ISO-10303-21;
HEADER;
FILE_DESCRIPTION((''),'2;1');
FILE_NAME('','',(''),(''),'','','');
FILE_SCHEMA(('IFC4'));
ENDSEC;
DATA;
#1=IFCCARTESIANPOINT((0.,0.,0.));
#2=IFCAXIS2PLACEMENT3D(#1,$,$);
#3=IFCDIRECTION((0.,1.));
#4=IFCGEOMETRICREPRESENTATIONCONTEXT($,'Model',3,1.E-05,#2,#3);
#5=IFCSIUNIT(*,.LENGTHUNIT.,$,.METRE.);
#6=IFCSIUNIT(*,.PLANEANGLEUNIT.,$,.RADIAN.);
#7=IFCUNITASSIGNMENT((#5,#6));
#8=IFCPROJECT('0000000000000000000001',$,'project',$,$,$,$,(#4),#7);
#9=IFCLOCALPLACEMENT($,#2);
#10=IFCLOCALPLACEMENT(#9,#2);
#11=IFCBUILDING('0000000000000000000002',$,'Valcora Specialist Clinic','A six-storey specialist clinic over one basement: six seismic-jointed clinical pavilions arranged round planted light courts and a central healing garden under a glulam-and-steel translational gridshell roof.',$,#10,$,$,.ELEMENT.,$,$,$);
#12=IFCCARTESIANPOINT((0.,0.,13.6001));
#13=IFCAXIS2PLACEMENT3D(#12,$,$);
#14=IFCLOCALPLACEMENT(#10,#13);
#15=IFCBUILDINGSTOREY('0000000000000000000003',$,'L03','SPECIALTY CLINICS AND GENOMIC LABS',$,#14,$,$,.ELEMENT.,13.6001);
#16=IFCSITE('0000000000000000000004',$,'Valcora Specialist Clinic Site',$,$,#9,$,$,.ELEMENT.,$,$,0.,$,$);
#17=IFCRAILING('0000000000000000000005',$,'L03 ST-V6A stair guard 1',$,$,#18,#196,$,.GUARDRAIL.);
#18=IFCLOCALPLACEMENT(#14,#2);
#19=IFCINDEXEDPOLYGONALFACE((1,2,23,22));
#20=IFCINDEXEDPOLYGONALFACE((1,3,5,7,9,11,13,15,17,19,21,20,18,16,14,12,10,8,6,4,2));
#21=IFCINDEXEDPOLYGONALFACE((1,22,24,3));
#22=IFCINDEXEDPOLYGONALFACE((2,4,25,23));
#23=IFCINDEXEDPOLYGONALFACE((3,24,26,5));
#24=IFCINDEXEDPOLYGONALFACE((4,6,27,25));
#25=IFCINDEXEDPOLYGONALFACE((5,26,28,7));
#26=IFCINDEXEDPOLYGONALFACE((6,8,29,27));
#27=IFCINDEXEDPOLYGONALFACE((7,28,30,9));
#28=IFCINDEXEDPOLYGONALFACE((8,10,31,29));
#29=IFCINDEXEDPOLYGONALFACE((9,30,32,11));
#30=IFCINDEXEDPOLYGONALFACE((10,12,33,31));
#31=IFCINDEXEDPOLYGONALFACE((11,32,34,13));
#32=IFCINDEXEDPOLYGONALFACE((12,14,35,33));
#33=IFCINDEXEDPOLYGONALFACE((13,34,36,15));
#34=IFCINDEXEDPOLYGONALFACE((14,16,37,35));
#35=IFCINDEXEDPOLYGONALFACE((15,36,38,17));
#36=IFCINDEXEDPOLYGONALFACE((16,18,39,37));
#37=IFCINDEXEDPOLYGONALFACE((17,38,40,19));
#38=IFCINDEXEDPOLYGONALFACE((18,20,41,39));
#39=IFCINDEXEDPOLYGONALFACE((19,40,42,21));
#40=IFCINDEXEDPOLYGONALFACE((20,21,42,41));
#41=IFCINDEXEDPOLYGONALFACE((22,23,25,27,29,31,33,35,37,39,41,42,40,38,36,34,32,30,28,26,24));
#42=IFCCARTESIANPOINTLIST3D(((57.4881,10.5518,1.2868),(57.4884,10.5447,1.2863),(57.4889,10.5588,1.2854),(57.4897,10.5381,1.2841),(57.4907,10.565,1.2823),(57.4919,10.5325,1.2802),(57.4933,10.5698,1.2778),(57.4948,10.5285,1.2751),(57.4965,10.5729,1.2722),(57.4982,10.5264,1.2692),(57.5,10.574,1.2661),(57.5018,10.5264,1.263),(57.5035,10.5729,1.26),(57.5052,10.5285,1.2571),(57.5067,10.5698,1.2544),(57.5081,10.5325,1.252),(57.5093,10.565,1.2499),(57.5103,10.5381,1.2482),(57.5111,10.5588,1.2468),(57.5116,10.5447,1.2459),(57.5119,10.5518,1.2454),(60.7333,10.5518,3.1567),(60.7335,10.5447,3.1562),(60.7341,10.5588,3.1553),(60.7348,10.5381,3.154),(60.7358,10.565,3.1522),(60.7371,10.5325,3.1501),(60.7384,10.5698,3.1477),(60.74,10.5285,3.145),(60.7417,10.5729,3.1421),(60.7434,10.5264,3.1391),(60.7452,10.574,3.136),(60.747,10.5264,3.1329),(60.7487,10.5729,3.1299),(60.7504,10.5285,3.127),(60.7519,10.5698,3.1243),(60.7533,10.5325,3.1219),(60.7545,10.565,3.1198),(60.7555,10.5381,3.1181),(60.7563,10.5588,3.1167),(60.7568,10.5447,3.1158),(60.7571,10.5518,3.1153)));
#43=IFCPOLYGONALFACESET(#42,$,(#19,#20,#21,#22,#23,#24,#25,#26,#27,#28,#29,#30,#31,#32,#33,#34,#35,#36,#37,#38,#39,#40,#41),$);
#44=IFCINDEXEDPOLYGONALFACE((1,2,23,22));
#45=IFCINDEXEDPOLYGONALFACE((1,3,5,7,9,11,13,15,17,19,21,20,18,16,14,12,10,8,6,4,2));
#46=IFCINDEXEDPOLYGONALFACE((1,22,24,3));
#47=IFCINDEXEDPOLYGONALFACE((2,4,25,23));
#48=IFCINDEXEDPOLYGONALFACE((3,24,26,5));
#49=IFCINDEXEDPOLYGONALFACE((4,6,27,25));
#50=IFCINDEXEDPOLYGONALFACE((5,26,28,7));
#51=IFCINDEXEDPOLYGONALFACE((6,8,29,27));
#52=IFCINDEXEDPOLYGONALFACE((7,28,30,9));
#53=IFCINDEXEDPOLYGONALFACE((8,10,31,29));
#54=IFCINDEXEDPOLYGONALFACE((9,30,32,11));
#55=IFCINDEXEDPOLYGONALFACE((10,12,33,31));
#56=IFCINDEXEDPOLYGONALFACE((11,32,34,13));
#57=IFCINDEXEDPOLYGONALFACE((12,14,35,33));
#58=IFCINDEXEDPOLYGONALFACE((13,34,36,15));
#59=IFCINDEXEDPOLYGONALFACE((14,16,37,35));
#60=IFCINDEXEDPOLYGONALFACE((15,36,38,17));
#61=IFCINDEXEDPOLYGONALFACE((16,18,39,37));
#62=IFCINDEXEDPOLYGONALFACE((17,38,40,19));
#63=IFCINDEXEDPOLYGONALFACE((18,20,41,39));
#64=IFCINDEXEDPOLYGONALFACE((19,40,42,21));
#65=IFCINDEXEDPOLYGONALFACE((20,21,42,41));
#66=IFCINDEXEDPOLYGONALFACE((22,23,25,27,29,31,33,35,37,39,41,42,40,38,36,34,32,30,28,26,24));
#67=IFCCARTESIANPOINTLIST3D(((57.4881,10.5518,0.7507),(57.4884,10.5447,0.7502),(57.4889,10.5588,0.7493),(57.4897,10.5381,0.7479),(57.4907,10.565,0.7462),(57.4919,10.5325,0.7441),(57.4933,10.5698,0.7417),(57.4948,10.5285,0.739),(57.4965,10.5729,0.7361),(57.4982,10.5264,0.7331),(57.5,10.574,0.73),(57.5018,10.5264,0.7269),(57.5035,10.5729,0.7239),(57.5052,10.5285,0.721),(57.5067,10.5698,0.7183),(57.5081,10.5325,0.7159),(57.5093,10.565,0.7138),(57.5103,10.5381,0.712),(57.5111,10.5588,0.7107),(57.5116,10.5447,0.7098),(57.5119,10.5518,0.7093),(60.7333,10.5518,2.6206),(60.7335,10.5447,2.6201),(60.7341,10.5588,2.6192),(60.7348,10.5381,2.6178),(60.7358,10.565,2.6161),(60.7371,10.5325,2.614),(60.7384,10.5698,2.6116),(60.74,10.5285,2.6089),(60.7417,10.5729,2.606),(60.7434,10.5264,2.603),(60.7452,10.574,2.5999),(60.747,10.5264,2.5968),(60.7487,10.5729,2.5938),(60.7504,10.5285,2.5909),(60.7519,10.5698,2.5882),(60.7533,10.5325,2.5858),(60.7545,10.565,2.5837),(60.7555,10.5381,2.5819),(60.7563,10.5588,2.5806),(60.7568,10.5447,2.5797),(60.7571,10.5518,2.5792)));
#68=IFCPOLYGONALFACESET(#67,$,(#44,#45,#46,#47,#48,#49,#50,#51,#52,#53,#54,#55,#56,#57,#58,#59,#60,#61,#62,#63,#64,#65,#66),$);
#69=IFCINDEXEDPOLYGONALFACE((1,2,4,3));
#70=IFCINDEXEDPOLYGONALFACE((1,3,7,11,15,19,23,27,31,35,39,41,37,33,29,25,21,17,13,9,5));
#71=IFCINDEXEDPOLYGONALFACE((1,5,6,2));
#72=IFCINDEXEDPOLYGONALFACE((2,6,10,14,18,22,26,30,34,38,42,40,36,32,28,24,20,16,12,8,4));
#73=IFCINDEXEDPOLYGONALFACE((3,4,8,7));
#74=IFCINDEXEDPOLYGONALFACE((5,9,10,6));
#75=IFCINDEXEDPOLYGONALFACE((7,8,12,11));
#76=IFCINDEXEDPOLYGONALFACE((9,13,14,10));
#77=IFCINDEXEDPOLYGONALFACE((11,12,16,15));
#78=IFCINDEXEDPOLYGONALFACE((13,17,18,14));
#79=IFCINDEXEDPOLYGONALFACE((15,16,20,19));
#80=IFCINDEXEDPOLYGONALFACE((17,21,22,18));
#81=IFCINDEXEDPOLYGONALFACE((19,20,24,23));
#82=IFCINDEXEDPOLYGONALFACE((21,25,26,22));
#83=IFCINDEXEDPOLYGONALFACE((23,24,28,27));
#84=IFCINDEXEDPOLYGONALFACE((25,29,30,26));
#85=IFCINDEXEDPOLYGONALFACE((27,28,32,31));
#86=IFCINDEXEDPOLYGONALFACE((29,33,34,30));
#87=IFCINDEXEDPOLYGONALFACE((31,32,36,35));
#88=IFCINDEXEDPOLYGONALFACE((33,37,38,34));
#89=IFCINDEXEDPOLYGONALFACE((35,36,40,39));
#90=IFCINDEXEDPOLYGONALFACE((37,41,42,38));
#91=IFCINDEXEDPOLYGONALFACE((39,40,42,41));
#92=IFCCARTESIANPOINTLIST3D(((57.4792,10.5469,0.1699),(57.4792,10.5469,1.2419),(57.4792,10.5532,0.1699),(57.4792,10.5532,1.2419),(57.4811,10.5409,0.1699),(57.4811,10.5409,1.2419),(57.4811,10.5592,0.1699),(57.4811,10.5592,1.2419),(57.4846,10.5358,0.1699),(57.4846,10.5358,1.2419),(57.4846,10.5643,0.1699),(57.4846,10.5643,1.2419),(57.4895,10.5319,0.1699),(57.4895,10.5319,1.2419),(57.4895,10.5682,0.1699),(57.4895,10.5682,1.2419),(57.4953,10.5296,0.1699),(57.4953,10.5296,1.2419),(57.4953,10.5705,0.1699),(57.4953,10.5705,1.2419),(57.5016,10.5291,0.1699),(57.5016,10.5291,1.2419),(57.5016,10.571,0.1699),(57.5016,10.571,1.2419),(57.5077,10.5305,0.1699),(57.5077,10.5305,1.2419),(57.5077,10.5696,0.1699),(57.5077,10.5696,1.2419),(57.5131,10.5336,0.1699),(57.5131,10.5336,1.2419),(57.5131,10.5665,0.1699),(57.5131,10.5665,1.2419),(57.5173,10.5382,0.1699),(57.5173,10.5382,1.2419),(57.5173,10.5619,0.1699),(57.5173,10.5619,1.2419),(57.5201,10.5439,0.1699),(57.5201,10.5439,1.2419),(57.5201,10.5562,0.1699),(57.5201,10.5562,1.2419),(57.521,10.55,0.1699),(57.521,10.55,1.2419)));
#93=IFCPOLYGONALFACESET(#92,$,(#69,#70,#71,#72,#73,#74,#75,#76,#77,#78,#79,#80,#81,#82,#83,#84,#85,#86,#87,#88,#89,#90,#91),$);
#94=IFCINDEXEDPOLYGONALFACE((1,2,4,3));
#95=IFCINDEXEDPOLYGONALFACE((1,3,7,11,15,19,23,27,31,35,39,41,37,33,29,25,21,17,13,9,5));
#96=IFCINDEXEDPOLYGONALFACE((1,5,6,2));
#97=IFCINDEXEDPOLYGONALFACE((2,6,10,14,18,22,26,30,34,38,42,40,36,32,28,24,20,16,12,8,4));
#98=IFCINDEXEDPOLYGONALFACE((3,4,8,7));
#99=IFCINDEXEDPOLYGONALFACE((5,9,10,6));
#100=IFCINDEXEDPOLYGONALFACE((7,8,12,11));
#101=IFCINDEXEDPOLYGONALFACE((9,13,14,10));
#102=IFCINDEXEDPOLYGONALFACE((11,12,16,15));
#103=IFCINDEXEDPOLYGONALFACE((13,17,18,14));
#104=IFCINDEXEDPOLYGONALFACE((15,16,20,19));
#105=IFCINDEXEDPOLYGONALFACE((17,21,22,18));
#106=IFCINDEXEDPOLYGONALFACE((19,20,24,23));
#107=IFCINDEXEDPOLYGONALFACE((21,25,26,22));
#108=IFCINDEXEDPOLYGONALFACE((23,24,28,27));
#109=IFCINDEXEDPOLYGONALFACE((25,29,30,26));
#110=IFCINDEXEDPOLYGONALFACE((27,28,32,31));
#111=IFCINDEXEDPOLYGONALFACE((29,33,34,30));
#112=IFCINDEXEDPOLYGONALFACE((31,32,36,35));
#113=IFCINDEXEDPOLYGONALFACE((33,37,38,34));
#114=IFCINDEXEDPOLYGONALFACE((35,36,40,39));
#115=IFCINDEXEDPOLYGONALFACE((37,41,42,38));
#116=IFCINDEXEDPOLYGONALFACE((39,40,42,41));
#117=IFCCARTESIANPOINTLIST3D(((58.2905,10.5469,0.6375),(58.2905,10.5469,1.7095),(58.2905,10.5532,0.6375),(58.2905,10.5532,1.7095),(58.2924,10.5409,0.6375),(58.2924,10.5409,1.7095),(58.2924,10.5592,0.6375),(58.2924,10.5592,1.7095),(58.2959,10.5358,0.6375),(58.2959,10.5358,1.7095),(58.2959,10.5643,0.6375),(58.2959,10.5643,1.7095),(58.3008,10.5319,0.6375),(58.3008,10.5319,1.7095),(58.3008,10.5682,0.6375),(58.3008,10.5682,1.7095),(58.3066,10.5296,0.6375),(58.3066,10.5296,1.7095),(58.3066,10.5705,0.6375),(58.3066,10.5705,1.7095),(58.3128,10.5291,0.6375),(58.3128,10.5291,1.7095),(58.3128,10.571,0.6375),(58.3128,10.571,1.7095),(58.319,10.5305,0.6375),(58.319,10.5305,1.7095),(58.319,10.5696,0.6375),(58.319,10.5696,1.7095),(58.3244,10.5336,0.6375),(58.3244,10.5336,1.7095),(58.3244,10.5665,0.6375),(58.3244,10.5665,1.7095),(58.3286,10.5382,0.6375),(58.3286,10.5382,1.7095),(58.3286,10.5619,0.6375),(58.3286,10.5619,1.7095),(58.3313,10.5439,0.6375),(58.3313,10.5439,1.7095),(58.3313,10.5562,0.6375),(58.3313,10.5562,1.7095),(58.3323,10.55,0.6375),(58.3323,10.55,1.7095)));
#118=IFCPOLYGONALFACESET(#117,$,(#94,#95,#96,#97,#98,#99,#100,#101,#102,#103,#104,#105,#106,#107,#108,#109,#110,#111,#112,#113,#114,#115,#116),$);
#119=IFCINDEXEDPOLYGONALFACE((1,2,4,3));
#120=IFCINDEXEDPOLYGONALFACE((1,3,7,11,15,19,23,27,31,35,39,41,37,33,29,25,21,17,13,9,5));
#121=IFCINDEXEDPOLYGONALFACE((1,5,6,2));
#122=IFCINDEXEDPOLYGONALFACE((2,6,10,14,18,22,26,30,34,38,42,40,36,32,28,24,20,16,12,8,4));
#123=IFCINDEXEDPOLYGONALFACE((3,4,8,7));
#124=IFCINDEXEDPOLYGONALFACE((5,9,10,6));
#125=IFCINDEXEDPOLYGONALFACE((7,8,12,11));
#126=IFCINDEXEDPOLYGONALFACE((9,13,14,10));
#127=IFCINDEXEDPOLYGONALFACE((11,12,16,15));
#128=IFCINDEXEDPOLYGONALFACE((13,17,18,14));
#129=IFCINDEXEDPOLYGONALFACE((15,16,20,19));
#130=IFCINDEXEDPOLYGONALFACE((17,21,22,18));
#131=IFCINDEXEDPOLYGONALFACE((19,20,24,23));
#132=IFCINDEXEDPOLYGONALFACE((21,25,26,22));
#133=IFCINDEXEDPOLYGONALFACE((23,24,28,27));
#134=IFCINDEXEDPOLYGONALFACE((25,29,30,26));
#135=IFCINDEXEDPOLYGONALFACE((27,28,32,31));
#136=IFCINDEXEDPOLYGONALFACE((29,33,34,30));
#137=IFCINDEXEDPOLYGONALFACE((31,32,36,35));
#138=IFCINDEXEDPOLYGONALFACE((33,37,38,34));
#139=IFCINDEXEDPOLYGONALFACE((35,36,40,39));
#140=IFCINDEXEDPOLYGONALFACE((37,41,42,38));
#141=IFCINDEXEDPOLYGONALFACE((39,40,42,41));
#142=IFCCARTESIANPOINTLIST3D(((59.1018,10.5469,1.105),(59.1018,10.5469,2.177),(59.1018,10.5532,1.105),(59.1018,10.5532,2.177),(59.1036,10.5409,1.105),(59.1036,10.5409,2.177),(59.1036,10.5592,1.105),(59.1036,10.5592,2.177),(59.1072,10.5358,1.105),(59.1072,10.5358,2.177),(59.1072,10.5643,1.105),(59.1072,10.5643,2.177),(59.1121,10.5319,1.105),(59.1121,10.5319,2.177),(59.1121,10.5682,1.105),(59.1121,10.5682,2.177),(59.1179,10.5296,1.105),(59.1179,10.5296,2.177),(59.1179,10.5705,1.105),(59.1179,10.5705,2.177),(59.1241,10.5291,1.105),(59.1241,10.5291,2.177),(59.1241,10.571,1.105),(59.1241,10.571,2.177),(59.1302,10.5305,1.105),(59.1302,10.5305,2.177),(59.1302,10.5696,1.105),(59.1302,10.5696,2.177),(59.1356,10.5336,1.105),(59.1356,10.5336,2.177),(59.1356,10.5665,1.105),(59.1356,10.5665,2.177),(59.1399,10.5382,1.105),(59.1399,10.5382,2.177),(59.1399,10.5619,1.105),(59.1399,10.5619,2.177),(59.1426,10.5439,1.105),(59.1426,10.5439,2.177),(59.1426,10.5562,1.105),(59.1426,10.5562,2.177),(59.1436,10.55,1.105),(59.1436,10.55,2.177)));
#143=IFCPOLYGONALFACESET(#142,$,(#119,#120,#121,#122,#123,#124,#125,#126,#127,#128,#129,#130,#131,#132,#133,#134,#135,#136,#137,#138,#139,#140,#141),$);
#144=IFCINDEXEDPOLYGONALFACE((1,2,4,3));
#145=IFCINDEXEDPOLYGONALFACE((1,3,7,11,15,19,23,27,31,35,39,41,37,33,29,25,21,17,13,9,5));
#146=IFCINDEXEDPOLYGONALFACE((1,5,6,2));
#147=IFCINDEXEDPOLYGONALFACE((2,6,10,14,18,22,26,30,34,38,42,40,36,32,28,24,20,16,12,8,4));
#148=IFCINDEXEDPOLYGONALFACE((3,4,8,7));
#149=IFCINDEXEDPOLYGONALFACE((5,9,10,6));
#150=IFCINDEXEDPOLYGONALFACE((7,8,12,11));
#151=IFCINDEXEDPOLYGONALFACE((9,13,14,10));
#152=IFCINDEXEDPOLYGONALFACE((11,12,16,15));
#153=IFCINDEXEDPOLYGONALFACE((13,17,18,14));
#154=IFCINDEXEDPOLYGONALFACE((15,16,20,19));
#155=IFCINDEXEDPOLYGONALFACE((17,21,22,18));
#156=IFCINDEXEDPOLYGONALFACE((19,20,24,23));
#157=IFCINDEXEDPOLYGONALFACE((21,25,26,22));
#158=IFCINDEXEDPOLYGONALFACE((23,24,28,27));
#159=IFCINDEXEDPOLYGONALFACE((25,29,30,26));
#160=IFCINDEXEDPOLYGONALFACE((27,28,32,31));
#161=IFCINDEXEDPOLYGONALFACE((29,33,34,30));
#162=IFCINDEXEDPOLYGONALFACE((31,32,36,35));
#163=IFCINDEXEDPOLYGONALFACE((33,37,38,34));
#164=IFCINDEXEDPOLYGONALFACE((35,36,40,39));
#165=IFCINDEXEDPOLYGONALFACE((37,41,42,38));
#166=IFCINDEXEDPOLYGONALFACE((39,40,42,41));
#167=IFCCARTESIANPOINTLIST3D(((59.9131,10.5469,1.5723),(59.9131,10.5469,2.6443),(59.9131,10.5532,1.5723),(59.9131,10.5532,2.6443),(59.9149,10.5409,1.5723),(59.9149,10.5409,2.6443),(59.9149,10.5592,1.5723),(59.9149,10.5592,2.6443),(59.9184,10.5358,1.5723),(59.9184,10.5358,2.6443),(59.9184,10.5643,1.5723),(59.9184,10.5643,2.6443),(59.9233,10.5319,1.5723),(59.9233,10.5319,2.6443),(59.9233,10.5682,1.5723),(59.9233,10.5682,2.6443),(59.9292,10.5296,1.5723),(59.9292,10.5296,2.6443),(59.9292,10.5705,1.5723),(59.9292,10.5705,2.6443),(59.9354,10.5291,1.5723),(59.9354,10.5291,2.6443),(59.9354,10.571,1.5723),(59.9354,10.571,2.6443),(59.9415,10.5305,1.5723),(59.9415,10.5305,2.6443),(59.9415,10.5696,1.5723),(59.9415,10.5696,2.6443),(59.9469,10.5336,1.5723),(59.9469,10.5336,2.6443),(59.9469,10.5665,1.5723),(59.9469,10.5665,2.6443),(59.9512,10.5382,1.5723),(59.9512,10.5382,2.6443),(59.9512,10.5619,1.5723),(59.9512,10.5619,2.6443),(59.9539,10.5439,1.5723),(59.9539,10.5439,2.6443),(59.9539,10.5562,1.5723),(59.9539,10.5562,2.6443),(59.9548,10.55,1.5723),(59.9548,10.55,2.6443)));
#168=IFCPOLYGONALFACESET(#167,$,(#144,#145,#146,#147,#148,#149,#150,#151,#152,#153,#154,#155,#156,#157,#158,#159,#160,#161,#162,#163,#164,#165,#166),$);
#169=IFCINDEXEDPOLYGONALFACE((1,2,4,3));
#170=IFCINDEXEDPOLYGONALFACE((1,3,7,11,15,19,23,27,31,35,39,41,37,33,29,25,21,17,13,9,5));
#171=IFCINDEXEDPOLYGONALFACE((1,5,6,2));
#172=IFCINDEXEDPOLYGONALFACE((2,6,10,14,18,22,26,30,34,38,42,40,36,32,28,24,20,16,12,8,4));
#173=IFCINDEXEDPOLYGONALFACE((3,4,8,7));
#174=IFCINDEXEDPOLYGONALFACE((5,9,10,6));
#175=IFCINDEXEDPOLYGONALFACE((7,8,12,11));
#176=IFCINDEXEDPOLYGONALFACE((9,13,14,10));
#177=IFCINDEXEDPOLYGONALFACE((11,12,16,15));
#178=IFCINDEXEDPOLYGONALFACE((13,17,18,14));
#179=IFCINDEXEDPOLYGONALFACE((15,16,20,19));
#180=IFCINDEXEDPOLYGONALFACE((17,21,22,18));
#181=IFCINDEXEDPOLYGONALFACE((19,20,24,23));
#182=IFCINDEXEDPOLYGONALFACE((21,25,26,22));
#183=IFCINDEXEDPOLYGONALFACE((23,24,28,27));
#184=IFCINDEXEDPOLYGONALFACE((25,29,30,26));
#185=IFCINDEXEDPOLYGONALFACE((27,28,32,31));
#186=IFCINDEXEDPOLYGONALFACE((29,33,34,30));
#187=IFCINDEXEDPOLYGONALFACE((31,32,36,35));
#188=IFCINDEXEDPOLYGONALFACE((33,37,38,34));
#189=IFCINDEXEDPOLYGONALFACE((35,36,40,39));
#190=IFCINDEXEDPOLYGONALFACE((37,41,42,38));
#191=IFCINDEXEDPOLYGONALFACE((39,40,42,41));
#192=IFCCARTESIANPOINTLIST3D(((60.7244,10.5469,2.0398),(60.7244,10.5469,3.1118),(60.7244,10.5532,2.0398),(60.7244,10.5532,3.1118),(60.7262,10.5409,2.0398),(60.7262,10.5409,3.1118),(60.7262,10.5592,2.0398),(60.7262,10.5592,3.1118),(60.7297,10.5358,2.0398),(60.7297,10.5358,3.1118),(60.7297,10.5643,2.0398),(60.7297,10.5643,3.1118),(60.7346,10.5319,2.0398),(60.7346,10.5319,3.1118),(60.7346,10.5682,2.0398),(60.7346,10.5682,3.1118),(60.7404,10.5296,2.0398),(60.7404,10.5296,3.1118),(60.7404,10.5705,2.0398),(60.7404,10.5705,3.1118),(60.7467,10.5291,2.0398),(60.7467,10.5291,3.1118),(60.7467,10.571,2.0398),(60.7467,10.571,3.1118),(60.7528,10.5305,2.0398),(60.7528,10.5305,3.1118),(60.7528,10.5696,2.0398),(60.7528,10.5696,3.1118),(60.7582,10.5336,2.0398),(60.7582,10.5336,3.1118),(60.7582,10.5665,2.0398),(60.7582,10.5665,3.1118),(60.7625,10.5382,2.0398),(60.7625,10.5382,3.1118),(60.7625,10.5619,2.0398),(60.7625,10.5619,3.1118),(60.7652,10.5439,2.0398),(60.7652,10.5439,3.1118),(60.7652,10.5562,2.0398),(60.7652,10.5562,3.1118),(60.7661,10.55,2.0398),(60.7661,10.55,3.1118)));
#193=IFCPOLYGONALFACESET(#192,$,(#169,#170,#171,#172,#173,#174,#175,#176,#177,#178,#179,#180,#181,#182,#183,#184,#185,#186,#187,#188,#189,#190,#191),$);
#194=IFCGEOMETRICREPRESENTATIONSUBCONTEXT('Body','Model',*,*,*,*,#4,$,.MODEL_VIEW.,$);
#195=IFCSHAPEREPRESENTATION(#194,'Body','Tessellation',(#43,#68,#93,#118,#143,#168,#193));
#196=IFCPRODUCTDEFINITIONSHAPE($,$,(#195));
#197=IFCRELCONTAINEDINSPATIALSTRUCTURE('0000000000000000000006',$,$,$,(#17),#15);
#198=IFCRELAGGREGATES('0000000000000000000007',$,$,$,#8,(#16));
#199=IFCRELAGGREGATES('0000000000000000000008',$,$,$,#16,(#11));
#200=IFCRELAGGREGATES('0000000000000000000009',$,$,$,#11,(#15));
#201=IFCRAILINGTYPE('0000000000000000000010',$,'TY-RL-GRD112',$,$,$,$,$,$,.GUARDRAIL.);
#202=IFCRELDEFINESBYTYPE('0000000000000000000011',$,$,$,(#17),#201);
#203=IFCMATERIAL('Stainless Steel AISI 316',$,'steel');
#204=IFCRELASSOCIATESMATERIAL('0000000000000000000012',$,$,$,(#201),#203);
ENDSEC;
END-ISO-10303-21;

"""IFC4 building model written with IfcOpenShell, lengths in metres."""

from ifc_helpers import new_model, si_unit, direction, frame, origin, origin_2d, place, context, subcontext, project, spatial, circle, extrude, material, type_object, element, save


model = new_model("IFC4")

# Units and contexts
model_context = context("Model", 3, precision=1e-05, world=origin(), true_north=direction((0.0, 1.0)))
body_context = subcontext(model_context, "Body", "Model", "MODEL_VIEW")
ifc_project = project(units=[si_unit("LENGTHUNIT", "METRE"), si_unit("PLANEANGLEUNIT", "RADIAN")], contexts=[model_context])

# Site, building, storey
site_placement = place(None, origin())
site = spatial("IfcSite", under=ifc_project, at=site_placement, Name="Valcora Specialist Clinic Site", CompositionType="ELEMENT", RefElevation=0.0)
building_placement = place(site_placement, origin())
building = spatial("IfcBuilding", under=site, at=building_placement, Name="Valcora Specialist Clinic", Description="A six-storey specialist clinic over one basement: six seismic-jointed clinical pavilions arranged round planted light courts and a central healing garden under a glulam-and-steel translational gridshell roof.", CompositionType="ELEMENT")
storey_placement = place(building_placement, frame((0.0, 0.0, 13.6001)))
storey = spatial("IfcBuildingStorey", under=building, at=storey_placement, Name="L03", Description="SPECIALTY CLINICS AND GENOMIC LABS", CompositionType="ELEMENT", Elevation=13.6001)

# Railing
ifc_material_1 = material(Name="Stainless Steel AISI 316", Category="steel")
railing_type_1 = type_object("IfcRailingType", Name="TY-RL-GRD112", PredefinedType="GUARDRAIL", material=ifc_material_1)
railing_1_placement = place(storey_placement, frame((57.5, 10.55, 0.1699)))
element("IfcRailing", 1, at=railing_1_placement, inside=storey, type_object=railing_type_1, Name="L03 ST-V6A stair guard 1", PredefinedType="GUARDRAIL", context=body_context, shape_type="SweptSolid", body=[
    extrude(circle(Radius=0.0239, at=origin_2d()), frame((0.0, 0.0, 1.0962), z_axis=(0.866452, 0.0, 0.49926), x_axis=(0.0, 1.0, 0.0)), (0.0, 0.0, 1.0), 3.7454),
    extrude(circle(Radius=0.0239, at=origin_2d()), frame((0.0, 0.0, 0.5601), z_axis=(0.866452, 0.0, 0.49926), x_axis=(0.0, 1.0, 0.0)), (0.0, 0.0, 1.0), 3.7454),
    extrude(circle(Radius=0.021, at=origin_2d()), origin(), (0.0, 0.0, 1.0), 1.072),
    extrude(circle(Radius=0.021, at=origin_2d()), frame((0.8113, 0.0, 0.4675)), (0.0, 0.0, 1.0), 1.072),
    extrude(circle(Radius=0.021, at=origin_2d()), frame((1.6226, 0.0, 0.9351)), (0.0, 0.0, 1.0), 1.072),
    extrude(circle(Radius=0.021, at=origin_2d()), frame((2.4338, 0.0, 1.4023)), (0.0, 0.0, 1.0), 1.072),
    extrude(circle(Radius=0.021, at=origin_2d()), frame((3.2451, 0.0, 1.8699)), (0.0, 0.0, 1.0), 1.072),
])

save(model, "model.ifc")
